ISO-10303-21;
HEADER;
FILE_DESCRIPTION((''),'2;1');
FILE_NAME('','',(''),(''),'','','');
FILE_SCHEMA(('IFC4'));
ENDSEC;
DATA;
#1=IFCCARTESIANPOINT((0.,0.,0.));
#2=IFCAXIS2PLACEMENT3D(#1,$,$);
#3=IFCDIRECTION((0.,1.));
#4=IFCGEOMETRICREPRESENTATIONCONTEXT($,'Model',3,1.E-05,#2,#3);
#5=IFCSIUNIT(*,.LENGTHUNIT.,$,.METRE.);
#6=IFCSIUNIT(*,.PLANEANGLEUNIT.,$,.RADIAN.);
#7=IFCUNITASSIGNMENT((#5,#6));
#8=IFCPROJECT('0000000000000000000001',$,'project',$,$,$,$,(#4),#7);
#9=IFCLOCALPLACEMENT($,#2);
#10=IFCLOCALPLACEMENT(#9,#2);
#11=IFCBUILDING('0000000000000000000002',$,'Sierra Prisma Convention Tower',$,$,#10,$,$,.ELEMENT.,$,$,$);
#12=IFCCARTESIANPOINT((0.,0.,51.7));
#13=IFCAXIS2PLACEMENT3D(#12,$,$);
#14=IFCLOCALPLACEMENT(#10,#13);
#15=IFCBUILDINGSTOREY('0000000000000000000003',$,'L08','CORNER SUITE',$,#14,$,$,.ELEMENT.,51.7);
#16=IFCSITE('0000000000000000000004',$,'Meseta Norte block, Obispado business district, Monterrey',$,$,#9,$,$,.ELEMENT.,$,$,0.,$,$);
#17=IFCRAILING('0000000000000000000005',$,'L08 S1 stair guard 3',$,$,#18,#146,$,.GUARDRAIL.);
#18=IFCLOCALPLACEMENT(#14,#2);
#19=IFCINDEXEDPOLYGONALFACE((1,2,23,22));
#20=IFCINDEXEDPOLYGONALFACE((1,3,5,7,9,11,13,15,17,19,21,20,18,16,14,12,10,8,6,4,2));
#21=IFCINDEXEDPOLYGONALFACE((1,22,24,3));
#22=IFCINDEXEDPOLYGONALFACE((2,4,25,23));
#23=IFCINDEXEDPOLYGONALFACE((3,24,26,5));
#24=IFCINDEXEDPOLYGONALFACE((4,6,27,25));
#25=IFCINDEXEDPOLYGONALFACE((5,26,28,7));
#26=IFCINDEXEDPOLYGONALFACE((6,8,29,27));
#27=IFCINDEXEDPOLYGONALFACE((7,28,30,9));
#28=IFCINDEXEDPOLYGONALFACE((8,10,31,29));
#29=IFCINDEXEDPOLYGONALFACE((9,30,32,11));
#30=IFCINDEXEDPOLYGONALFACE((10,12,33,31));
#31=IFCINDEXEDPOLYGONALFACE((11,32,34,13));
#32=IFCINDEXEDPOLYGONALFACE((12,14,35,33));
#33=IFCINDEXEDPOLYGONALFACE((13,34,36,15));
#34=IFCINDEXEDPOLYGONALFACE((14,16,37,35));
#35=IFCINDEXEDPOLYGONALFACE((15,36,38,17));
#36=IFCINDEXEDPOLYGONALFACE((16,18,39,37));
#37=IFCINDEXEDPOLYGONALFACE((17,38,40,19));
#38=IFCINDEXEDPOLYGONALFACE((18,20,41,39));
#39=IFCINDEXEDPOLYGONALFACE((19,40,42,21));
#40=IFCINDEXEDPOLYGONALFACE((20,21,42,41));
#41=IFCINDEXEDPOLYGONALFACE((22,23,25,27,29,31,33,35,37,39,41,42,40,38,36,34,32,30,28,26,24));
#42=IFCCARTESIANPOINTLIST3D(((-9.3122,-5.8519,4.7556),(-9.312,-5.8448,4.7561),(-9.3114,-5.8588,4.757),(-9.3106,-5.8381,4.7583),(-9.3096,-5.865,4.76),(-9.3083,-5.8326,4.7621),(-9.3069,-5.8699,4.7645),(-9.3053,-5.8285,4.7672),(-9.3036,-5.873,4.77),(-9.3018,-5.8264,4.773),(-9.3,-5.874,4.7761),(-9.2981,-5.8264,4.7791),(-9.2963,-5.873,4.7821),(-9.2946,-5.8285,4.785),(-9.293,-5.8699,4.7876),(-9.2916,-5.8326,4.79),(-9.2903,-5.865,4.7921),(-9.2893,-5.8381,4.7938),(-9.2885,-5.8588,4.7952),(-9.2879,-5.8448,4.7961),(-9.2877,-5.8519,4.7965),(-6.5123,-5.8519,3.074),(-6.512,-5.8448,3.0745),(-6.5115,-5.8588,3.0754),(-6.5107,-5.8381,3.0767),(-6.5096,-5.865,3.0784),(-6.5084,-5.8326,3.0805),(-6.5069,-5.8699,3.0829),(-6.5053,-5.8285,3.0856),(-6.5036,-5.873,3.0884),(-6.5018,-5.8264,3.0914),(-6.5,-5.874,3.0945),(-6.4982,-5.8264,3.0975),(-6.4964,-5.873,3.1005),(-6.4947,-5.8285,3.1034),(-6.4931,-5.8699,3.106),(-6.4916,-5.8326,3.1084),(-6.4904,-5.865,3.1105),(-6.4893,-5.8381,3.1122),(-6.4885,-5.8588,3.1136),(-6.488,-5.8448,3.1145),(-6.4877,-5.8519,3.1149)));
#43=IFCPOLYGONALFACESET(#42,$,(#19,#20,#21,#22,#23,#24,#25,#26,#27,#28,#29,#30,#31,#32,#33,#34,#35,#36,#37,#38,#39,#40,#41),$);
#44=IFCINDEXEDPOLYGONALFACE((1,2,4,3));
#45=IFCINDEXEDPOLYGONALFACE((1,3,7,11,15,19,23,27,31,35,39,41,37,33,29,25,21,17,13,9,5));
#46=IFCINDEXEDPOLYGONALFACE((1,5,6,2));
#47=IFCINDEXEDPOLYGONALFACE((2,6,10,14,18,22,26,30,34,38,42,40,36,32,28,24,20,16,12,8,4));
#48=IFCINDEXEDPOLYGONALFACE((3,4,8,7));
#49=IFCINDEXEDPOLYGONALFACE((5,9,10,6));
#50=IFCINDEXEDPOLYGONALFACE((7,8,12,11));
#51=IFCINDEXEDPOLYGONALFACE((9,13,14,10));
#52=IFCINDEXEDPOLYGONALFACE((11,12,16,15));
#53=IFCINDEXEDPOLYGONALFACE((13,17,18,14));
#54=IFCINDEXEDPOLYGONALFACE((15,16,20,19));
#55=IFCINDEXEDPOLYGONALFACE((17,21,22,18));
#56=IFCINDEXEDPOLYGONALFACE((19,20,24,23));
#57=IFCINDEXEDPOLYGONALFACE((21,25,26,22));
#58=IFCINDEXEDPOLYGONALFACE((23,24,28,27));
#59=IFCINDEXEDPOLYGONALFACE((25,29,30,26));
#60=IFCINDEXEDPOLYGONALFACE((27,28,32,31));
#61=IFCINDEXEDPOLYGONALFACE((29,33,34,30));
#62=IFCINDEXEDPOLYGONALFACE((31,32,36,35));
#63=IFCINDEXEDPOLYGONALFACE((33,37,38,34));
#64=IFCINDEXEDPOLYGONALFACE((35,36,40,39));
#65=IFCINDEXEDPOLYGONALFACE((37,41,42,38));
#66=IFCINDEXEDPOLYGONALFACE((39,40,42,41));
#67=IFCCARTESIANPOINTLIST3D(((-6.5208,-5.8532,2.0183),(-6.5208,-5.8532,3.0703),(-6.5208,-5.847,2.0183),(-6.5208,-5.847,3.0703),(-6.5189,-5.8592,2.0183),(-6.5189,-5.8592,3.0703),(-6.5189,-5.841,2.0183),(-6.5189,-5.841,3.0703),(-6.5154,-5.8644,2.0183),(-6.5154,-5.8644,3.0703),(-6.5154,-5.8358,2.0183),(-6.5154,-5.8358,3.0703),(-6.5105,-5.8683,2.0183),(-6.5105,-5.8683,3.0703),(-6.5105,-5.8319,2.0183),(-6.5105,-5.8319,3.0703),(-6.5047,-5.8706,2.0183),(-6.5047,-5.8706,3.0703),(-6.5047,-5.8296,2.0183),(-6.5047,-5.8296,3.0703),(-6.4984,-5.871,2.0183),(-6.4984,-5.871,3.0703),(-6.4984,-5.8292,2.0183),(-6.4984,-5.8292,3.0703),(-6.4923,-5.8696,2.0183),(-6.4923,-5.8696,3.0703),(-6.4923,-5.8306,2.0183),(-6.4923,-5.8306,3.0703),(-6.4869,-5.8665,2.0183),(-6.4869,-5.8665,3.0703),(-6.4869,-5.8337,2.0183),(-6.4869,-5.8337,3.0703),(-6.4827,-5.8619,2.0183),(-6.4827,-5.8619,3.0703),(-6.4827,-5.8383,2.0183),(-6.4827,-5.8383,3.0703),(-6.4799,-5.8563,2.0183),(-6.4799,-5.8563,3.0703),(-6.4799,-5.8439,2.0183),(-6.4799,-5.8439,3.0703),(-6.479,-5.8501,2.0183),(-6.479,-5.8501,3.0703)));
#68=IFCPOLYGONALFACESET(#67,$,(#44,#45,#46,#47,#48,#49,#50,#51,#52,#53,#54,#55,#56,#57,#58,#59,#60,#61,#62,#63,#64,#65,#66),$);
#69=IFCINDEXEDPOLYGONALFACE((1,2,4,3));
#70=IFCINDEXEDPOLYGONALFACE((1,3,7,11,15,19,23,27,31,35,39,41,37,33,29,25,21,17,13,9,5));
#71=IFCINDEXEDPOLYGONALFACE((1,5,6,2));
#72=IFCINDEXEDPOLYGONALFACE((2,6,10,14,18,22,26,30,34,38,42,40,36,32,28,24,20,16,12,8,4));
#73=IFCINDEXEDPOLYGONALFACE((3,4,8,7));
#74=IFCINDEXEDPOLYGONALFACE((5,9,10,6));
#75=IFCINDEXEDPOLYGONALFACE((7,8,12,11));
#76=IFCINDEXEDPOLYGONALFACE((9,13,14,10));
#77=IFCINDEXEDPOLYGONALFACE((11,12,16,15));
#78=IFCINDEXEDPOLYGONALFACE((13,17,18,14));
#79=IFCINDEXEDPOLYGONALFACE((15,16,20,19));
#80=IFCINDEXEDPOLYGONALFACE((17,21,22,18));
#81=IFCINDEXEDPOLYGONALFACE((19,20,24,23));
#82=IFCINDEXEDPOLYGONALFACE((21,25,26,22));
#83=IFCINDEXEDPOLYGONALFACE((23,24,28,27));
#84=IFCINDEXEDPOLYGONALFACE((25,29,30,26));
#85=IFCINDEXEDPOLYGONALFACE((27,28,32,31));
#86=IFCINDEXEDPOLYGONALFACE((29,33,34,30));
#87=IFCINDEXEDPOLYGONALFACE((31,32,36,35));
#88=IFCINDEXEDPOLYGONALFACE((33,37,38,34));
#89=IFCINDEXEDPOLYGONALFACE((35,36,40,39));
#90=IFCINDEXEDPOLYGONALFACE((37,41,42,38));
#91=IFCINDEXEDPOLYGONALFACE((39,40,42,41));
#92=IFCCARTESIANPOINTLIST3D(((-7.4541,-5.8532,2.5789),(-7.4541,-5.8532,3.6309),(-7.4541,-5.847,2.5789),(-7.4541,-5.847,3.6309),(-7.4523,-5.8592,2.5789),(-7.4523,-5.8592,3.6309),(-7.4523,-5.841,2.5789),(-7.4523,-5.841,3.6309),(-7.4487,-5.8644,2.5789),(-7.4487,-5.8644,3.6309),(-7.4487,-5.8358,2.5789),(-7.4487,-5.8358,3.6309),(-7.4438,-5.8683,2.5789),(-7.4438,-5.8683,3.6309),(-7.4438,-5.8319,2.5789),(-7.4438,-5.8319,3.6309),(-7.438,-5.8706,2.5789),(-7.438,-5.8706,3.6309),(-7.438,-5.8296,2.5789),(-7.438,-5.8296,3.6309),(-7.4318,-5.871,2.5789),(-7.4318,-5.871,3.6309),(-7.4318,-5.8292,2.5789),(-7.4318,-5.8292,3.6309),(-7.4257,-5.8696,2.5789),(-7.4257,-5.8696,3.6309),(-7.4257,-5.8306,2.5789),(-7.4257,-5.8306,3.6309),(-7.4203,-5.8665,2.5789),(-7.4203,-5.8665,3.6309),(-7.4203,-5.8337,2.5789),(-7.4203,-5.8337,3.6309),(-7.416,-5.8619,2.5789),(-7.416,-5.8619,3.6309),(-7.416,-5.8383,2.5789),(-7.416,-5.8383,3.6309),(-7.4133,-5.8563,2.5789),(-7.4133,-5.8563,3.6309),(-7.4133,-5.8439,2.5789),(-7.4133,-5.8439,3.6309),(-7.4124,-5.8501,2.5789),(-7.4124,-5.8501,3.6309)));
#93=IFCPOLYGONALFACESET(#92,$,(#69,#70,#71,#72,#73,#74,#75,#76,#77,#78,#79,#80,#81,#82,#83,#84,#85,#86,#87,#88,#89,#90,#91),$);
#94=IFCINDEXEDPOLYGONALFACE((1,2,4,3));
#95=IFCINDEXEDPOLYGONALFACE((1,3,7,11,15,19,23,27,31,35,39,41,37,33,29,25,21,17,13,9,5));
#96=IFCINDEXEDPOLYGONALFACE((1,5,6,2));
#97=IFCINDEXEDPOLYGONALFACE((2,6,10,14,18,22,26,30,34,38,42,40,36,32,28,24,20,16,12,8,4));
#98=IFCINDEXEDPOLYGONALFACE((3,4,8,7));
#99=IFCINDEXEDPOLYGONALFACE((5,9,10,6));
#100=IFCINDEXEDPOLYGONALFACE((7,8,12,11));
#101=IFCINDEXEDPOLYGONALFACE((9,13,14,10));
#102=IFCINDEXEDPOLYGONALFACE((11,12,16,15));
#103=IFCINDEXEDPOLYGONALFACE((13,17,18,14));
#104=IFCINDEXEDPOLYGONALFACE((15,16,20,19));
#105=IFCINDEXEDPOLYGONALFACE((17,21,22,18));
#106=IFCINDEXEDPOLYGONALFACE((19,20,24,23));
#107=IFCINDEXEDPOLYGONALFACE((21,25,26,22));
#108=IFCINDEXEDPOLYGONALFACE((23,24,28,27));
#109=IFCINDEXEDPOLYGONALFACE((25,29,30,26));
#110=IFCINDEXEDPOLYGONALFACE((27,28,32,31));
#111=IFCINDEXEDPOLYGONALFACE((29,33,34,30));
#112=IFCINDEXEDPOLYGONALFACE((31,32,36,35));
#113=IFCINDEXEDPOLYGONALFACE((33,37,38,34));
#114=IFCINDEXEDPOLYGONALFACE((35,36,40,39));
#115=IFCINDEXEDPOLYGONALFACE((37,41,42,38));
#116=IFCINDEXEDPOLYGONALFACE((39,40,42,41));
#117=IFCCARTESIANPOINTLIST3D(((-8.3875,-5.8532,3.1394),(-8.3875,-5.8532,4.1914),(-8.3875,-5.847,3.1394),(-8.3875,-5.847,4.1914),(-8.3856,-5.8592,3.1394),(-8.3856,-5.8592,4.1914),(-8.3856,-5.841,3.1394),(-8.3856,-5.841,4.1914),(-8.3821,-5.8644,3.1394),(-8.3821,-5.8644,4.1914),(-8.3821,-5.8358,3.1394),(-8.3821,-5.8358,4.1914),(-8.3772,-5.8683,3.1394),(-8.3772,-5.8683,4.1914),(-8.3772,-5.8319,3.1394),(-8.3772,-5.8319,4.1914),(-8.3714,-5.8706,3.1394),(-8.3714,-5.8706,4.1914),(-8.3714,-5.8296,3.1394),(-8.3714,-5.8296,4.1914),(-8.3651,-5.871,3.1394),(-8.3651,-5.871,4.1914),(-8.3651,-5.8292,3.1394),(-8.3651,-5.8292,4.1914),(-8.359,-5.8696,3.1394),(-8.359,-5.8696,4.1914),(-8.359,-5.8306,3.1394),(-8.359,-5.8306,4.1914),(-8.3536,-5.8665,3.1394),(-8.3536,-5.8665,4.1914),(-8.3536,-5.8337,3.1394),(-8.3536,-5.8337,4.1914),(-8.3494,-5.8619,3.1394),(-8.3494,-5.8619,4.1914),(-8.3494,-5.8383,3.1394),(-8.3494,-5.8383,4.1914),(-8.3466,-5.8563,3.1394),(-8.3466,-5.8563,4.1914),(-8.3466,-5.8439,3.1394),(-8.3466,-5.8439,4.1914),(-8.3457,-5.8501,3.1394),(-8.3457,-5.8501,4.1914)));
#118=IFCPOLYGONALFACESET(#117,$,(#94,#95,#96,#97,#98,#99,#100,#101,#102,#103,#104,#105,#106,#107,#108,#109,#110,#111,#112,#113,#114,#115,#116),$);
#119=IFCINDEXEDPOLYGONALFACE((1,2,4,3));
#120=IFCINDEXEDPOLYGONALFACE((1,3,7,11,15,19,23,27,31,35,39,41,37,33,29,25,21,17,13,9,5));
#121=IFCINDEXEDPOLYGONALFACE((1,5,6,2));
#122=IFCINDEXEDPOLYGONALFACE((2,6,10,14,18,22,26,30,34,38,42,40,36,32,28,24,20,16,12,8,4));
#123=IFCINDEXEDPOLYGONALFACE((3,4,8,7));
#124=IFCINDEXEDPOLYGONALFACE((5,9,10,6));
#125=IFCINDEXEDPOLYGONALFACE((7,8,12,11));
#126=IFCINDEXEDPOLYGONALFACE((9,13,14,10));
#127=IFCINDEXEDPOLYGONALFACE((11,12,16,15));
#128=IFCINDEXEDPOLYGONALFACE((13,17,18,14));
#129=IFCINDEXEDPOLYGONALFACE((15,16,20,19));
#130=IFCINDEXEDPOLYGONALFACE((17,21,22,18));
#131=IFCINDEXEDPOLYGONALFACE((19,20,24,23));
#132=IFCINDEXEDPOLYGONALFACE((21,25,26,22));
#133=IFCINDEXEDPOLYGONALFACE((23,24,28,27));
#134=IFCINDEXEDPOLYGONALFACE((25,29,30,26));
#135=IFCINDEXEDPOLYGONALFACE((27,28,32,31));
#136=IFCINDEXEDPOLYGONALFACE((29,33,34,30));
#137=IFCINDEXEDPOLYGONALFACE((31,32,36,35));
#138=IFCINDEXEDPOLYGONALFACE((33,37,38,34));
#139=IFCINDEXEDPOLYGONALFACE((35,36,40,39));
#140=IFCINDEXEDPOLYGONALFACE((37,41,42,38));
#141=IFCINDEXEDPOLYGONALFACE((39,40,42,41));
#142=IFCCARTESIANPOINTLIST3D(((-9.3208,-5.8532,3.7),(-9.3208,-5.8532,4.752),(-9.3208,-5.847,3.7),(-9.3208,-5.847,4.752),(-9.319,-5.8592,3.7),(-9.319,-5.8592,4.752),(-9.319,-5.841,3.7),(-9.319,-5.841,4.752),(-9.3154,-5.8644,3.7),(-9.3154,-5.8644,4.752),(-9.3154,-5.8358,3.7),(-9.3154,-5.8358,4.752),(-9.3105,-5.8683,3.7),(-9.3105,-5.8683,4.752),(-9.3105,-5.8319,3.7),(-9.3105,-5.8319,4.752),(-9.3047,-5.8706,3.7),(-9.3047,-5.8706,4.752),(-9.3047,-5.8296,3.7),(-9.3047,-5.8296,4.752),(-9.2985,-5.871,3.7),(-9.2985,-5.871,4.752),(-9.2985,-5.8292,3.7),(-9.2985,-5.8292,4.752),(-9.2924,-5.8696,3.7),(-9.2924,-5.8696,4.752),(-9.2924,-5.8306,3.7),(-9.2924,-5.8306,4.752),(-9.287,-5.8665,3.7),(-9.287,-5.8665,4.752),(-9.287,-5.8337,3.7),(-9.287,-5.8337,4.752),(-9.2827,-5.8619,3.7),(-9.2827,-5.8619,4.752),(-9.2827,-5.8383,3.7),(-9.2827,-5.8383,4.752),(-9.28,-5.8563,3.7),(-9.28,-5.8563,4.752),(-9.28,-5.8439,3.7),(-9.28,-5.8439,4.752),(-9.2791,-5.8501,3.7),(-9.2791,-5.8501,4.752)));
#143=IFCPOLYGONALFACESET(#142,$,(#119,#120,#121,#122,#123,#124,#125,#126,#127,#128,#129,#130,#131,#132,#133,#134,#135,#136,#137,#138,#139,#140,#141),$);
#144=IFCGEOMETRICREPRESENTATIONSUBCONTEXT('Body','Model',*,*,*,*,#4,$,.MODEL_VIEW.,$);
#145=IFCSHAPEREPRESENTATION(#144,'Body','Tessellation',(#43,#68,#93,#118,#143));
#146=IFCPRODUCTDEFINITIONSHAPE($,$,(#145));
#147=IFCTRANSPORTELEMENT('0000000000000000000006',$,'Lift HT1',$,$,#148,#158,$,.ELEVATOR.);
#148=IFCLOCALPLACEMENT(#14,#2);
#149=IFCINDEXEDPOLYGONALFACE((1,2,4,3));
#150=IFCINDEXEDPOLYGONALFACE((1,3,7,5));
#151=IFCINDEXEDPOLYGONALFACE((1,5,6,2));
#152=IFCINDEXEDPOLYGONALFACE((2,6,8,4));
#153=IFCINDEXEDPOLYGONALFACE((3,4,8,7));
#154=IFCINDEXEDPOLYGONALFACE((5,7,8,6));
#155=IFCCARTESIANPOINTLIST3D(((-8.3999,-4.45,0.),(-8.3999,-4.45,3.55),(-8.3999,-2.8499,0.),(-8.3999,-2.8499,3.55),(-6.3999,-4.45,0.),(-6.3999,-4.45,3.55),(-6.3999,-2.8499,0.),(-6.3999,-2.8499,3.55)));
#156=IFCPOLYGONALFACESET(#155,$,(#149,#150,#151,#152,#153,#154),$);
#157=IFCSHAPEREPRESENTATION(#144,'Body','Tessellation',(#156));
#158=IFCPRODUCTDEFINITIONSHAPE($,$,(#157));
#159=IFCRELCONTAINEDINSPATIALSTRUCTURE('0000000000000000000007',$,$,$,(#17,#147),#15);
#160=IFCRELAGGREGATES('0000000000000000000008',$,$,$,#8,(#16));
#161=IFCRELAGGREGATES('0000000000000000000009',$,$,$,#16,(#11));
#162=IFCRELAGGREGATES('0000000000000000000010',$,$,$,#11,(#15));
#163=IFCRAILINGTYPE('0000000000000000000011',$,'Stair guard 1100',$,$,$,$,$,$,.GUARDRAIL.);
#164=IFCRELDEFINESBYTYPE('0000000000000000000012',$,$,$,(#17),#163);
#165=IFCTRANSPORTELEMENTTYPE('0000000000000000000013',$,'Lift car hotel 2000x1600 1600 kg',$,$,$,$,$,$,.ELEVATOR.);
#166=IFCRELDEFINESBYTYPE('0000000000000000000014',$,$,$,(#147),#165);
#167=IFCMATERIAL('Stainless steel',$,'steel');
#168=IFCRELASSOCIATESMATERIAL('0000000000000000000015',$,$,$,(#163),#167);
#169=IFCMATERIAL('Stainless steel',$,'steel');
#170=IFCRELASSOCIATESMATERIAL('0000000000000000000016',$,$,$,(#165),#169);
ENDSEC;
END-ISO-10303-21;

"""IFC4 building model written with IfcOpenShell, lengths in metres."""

from ifc_helpers import new_model, si_unit, direction, frame, origin, origin_2d, place, context, subcontext, project, spatial, rectangle, circle, extrude, material, type_object, element, save


model = new_model("IFC4")

# Units and contexts
model_context = context("Model", 3, precision=1e-05, world=origin(), true_north=direction((0.0, 1.0)))
body_context = subcontext(model_context, "Body", "Model", "MODEL_VIEW")
ifc_project = project(units=[si_unit("LENGTHUNIT", "METRE"), si_unit("PLANEANGLEUNIT", "RADIAN")], contexts=[model_context])

# Site, building, storey
site_placement = place(None, origin())
site = spatial("IfcSite", under=ifc_project, at=site_placement, Name="Meseta Norte block, Obispado business district, Monterrey", CompositionType="ELEMENT", RefElevation=0.0)
building_placement = place(site_placement, origin())
building = spatial("IfcBuilding", under=site, at=building_placement, Name="Sierra Prisma Convention Tower", CompositionType="ELEMENT")
storey_placement = place(building_placement, frame((0.0, 0.0, 51.7)))
storey = spatial("IfcBuildingStorey", under=building, at=storey_placement, Name="L08", Description="CORNER SUITE", CompositionType="ELEMENT", Elevation=51.7)

# Railing
ifc_material_1 = material(Name="Stainless steel", Category="steel")
railing_type_1 = type_object("IfcRailingType", Name="Stair guard 1100", PredefinedType="GUARDRAIL", material=ifc_material_1)
railing_1_placement = place(storey_placement, frame((-6.5, -5.8501, 2.0183)))
element("IfcRailing", 1, at=railing_1_placement, inside=storey, type_object=railing_type_1, Name="L08 S1 stair guard 3", PredefinedType="GUARDRAIL", context=body_context, shape_type="SweptSolid", body=[
    extrude(circle(Radius=0.0239, at=origin_2d()), frame((0.0, 0.0, 1.0762), z_axis=(-0.857275, 0.0, 0.514858), x_axis=(0.0, -1.0, 0.0)), (0.0, 0.0, 1.0), 3.2661),
    extrude(circle(Radius=0.021, at=origin_2d()), origin(), (0.0, 0.0, 1.0), 1.052),
    extrude(circle(Radius=0.021, at=origin_2d()), frame((-0.9333, 0.0, 0.5605)), (0.0, 0.0, 1.0), 1.052),
    extrude(circle(Radius=0.021, at=origin_2d()), frame((-1.8667, 0.0, 1.1211)), (0.0, 0.0, 1.0), 1.052),
    extrude(circle(Radius=0.021, at=origin_2d()), frame((-2.8, 0.0, 1.6816)), (0.0, 0.0, 1.0), 1.052),
])

# Transport element
ifc_material_2 = material(Name="Stainless steel", Category="steel")
transport_element_type = type_object("IfcTransportElementType", Name="Lift car hotel 2000x1600 1600 kg", PredefinedType="ELEVATOR", material=ifc_material_2)
transport_element_placement = place(storey_placement, frame((-7.3999, -3.6499, 0.0), z_axis=(0.0, 0.0, 1.0), x_axis=(1.0, 0.0, 0.0)))
element("IfcTransportElement", 2, at=transport_element_placement, inside=storey, type_object=transport_element_type, Name="Lift HT1", PredefinedType="ELEVATOR", context=body_context, shape_type="SweptSolid", body=[
    extrude(rectangle(XDim=2.0, YDim=1.6001, at=origin_2d()), origin(), (0.0, 0.0, 1.0), 3.55),
])

save(model, "model.ifc")
